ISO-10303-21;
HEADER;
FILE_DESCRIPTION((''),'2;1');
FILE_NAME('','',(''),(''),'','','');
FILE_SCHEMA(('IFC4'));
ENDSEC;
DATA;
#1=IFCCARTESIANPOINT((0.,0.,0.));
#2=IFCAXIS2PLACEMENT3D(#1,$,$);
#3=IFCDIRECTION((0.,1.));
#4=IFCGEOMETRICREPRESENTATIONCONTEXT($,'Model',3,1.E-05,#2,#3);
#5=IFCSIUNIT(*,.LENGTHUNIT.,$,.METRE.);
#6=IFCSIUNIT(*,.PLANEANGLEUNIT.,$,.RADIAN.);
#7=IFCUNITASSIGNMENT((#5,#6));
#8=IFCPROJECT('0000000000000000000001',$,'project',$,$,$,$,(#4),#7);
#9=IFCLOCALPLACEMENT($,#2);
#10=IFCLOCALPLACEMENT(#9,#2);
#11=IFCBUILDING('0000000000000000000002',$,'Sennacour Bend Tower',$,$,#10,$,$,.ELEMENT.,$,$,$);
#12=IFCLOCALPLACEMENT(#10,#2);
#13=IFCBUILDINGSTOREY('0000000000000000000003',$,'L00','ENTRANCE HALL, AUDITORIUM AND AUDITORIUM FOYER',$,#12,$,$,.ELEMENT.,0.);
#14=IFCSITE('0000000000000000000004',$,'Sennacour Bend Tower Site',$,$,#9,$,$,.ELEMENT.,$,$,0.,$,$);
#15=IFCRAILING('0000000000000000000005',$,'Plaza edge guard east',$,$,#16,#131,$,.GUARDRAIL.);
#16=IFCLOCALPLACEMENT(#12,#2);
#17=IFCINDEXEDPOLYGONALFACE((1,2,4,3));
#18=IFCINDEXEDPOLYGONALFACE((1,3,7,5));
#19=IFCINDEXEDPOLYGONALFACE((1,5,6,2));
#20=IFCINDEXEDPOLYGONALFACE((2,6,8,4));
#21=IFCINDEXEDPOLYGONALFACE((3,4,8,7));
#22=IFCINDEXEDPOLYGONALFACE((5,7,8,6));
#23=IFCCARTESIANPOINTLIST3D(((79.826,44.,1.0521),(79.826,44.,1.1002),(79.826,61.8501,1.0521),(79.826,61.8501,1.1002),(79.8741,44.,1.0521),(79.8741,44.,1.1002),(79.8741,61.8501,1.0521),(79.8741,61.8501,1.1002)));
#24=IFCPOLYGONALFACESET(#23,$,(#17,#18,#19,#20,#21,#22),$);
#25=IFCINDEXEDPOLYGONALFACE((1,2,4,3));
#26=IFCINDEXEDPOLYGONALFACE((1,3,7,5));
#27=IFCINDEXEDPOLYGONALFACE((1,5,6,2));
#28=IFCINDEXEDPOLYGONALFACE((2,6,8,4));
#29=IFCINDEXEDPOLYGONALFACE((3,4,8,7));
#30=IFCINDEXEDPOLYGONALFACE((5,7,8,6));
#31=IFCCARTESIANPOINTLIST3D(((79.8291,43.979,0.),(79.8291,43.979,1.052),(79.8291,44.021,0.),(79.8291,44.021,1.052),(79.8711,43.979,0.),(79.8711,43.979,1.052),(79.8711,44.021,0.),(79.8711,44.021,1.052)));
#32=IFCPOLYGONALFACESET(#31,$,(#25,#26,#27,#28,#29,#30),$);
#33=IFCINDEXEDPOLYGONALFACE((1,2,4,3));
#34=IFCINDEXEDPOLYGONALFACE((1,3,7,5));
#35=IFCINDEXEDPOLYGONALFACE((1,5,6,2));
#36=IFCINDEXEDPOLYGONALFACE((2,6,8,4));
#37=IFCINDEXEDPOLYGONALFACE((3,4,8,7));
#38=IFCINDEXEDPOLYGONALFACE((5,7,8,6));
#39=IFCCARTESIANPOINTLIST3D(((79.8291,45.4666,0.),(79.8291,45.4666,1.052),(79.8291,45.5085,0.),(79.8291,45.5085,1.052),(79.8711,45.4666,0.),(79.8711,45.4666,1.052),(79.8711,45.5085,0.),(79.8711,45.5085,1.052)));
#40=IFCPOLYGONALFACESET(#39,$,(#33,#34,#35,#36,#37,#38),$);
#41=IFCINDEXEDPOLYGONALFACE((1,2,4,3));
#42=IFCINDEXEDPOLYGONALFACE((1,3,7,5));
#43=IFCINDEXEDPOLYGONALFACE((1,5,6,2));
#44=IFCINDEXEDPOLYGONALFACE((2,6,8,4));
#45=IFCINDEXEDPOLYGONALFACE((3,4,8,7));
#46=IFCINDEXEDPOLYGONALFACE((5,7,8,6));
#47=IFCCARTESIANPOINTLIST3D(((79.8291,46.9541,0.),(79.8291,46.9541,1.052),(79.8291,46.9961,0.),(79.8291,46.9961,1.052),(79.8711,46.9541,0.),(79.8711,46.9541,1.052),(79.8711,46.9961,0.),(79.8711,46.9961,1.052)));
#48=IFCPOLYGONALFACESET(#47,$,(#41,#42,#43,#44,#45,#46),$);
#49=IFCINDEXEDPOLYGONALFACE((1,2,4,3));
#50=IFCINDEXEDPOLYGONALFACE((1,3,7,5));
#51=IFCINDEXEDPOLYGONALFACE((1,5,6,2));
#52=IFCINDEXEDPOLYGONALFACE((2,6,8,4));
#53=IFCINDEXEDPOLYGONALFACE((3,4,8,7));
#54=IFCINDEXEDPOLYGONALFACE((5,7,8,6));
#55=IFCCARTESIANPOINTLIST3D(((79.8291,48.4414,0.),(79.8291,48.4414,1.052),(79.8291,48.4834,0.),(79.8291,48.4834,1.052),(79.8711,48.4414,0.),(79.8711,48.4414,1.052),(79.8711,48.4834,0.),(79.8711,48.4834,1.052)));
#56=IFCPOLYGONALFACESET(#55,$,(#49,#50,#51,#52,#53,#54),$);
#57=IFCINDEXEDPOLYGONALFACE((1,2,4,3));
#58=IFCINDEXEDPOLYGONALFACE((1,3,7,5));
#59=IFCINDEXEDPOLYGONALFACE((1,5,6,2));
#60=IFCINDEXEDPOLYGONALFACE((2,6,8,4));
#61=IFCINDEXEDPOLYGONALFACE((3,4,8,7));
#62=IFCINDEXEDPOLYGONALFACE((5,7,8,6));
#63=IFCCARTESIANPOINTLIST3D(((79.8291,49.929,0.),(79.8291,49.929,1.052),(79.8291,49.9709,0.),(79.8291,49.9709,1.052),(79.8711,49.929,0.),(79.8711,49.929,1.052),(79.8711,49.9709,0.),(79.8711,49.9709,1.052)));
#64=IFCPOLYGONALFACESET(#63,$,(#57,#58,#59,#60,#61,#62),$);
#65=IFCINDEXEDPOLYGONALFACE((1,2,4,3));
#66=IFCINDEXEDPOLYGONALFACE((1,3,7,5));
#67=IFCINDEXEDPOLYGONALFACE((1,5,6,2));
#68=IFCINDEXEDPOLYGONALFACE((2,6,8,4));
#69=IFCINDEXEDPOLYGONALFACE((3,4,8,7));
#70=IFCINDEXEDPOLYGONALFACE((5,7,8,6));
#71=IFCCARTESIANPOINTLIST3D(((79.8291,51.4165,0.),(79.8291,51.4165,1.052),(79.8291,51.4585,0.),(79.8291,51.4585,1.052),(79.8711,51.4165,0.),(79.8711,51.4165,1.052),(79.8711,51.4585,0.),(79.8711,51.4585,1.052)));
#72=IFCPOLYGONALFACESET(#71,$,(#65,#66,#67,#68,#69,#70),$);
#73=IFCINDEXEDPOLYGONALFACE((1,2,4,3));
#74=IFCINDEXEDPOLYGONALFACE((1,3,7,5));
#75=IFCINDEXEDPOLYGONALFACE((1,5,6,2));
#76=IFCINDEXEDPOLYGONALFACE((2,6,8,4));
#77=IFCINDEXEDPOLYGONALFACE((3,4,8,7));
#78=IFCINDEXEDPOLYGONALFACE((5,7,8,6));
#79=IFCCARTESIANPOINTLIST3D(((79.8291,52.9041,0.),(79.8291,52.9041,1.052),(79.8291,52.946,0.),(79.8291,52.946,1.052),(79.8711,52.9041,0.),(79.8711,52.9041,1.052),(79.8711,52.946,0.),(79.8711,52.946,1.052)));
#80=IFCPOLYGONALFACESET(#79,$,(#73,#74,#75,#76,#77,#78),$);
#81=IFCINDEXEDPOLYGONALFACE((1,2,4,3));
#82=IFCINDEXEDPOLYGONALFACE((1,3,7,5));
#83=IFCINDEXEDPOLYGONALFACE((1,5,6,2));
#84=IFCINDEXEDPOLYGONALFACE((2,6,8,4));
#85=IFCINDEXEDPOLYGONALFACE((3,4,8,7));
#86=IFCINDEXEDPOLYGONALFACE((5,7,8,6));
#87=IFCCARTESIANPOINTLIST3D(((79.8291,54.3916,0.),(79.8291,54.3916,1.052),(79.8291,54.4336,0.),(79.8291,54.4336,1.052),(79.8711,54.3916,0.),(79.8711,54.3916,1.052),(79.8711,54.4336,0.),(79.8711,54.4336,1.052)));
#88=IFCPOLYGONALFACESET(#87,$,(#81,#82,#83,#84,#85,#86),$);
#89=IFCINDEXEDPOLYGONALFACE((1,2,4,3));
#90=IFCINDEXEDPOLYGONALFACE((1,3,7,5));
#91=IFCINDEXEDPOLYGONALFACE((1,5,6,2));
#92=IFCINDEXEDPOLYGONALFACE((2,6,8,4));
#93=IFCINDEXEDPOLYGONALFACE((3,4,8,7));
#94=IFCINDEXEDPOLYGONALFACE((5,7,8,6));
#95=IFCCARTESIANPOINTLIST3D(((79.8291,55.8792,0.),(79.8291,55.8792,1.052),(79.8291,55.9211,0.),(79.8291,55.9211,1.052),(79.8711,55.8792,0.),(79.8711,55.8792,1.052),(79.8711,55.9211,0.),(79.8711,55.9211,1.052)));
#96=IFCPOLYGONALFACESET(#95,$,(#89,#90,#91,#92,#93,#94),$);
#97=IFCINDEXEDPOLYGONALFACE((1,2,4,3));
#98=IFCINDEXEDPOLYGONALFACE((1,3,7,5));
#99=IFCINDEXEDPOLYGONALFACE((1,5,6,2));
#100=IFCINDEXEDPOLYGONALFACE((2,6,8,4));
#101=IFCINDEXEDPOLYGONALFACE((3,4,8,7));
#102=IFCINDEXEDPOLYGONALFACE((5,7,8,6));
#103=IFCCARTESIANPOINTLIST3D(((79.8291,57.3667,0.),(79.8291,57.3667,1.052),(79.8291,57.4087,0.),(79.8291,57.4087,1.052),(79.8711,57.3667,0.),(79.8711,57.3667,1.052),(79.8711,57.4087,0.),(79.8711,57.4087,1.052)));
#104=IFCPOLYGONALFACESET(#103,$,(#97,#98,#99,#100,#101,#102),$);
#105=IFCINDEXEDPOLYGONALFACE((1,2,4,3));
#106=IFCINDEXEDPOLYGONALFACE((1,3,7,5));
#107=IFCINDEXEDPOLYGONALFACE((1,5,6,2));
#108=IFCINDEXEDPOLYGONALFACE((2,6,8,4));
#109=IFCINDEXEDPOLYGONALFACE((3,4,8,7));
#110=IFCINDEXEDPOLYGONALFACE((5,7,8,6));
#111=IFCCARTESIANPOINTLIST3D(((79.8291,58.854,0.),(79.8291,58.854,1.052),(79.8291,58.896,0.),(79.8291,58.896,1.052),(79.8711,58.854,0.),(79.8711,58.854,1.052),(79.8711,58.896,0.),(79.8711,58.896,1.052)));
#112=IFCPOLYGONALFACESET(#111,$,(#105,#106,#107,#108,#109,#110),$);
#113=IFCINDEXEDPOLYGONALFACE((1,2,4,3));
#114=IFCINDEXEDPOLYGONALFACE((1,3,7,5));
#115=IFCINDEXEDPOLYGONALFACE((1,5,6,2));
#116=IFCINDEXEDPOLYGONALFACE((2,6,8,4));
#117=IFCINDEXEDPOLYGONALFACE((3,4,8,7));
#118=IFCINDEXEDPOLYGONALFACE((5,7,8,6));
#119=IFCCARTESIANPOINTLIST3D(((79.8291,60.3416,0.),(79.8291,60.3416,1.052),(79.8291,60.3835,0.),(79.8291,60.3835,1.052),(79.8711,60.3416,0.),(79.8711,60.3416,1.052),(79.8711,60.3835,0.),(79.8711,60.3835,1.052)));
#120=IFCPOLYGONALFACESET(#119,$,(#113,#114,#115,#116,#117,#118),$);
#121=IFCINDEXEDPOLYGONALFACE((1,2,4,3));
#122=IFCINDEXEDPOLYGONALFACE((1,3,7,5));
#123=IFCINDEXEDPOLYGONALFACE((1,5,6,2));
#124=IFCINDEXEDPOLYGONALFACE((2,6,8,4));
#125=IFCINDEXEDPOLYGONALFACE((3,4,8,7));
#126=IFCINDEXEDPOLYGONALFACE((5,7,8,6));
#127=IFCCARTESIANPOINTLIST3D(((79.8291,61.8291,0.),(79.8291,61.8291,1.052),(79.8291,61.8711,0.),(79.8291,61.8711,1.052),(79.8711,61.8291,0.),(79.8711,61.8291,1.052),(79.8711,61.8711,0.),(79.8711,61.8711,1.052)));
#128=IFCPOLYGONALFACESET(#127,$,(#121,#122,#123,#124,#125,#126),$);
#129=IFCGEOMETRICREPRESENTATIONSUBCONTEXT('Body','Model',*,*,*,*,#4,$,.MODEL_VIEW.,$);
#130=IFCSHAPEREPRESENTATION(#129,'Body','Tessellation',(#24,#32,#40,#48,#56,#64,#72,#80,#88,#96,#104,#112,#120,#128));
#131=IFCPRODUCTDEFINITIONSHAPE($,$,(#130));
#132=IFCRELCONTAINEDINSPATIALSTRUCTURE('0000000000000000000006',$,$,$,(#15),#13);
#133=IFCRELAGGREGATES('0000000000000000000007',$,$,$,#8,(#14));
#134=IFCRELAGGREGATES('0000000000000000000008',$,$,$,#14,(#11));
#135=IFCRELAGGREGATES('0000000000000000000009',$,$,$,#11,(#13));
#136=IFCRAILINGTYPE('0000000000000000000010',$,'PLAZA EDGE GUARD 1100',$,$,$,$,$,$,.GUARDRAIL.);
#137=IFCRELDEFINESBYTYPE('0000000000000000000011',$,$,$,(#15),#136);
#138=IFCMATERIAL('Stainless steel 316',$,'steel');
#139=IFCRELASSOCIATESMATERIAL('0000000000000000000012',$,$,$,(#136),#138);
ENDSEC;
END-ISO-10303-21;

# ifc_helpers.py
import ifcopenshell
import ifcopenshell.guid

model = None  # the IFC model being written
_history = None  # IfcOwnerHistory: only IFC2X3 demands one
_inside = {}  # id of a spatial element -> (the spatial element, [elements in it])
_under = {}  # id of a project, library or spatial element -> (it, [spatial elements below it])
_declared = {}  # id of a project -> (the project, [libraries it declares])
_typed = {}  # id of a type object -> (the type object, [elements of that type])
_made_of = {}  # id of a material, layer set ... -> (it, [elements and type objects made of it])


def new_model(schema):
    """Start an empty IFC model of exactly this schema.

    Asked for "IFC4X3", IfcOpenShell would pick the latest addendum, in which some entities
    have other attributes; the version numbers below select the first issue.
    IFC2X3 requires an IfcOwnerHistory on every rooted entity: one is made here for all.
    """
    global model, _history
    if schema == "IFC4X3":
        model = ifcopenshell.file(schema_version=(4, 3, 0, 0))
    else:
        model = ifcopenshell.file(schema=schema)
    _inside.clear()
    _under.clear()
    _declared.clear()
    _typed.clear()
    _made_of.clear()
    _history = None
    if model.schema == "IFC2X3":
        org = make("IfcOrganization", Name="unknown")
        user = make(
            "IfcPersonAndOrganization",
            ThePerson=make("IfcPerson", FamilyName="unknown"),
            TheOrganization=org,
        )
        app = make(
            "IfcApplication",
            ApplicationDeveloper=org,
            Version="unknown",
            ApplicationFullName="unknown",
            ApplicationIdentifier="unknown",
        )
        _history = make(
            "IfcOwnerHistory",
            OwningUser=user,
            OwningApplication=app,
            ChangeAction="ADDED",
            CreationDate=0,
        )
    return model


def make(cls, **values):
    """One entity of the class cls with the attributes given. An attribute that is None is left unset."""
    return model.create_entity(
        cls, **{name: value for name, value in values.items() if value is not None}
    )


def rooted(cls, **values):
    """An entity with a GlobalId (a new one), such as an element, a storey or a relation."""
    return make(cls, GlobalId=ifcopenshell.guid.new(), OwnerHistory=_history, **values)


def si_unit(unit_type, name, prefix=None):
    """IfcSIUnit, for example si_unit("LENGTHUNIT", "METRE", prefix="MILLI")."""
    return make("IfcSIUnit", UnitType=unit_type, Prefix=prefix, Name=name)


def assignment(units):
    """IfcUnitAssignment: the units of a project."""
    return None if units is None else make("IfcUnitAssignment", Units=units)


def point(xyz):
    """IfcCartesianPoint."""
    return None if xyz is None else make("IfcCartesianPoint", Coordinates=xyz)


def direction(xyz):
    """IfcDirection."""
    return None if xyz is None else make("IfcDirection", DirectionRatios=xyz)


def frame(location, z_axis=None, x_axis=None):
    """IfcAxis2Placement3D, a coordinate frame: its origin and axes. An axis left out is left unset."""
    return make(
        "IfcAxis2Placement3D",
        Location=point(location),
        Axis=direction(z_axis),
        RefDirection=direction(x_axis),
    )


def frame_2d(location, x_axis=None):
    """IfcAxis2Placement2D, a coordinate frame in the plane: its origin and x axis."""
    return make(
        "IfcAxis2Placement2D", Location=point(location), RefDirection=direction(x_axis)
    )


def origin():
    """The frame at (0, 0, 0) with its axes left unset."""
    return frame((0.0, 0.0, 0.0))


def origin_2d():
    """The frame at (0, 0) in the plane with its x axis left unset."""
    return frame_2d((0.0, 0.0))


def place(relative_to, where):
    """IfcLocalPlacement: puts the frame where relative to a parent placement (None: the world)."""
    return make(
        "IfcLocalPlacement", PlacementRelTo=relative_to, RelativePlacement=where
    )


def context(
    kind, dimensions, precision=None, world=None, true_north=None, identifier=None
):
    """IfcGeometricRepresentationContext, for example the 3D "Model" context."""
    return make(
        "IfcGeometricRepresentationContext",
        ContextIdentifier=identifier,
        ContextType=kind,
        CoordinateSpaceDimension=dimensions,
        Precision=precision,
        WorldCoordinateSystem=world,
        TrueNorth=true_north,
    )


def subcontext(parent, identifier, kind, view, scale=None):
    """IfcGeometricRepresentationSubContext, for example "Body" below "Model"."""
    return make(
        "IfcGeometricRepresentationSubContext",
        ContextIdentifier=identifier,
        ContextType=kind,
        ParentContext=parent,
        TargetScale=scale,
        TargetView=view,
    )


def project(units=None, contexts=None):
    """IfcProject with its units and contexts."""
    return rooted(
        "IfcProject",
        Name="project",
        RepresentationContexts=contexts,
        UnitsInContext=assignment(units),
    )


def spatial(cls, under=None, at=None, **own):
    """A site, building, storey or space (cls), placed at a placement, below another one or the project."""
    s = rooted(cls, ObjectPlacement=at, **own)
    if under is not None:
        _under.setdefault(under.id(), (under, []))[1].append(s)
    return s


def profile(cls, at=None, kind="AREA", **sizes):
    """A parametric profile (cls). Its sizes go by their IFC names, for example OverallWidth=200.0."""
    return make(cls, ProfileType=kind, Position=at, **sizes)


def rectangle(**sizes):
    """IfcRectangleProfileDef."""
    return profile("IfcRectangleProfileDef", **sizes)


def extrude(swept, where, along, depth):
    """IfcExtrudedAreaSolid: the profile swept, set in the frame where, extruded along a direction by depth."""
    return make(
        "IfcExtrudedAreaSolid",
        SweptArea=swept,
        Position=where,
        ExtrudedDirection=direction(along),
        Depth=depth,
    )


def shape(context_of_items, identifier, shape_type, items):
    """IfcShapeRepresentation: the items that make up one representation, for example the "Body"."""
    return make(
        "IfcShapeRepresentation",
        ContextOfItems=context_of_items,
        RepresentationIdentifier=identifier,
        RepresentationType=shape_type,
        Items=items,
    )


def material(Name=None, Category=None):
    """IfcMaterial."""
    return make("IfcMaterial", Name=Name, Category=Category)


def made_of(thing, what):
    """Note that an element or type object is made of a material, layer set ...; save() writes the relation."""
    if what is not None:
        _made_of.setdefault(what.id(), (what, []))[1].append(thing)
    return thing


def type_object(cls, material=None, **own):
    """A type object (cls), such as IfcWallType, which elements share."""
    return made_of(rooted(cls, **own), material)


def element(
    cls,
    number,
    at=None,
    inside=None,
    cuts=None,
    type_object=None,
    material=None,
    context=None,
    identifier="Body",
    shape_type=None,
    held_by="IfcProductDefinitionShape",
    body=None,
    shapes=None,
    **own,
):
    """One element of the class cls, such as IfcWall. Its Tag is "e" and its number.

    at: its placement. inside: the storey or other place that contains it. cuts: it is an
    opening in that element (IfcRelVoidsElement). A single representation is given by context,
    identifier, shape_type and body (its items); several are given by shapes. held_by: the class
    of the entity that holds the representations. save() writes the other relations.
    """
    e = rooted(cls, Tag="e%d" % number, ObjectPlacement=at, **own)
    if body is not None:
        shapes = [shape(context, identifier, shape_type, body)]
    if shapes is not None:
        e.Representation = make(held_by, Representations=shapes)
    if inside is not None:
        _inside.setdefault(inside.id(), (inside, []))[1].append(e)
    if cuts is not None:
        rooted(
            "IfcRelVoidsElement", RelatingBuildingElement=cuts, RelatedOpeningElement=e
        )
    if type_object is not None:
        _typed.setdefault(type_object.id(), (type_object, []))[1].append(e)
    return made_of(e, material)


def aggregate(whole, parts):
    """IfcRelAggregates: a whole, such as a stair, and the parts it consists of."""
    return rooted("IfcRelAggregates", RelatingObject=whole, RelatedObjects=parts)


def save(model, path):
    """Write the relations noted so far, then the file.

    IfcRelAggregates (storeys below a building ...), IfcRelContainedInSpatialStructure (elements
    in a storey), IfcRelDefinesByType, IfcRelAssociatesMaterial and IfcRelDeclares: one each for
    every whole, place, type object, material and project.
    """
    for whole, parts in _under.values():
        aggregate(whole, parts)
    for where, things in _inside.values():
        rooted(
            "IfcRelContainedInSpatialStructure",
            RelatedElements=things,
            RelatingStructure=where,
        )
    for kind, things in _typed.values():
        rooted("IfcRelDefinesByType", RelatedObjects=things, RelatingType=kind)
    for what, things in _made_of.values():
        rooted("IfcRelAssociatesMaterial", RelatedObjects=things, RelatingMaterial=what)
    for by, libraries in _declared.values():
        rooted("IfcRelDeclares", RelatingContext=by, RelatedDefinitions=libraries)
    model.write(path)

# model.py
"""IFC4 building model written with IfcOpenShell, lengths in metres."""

from ifc_helpers import new_model, si_unit, direction, frame, origin, origin_2d, place, context, subcontext, project, spatial, rectangle, extrude, material, type_object, element, save


model = new_model("IFC4")

# Units and contexts
model_context = context("Model", 3, precision=1e-05, world=origin(), true_north=direction((0.0, 1.0)))
body_context = subcontext(model_context, "Body", "Model", "MODEL_VIEW")
ifc_project = project(units=[si_unit("LENGTHUNIT", "METRE"), si_unit("PLANEANGLEUNIT", "RADIAN")], contexts=[model_context])

# Site, building, storey
site_placement = place(None, origin())
site = spatial("IfcSite", under=ifc_project, at=site_placement, Name="Sennacour Bend Tower Site", CompositionType="ELEMENT", RefElevation=0.0)
building_placement = place(site_placement, origin())
building = spatial("IfcBuilding", under=site, at=building_placement, Name="Sennacour Bend Tower", CompositionType="ELEMENT")
storey_placement = place(building_placement, origin())
storey = spatial("IfcBuildingStorey", under=building, at=storey_placement, Name="L00", Description="ENTRANCE HALL, AUDITORIUM AND AUDITORIUM FOYER", CompositionType="ELEMENT", Elevation=0.0)

# Railing
ifc_material_1 = material(Name="Stainless steel 316", Category="steel")
railing_type_1 = type_object("IfcRailingType", Name="PLAZA EDGE GUARD 1100", PredefinedType="GUARDRAIL", material=ifc_material_1)
railing_1_placement = place(storey_placement, frame((79.8501, 44.0, 0.0)))
element("IfcRailing", 1, at=railing_1_placement, inside=storey, type_object=railing_type_1, Name="Plaza edge guard east", PredefinedType="GUARDRAIL", context=body_context, shape_type="SweptSolid", body=[
    extrude(rectangle(XDim=0.0481, YDim=0.0481, at=origin_2d()), frame((0.0, 0.0, 1.0762), z_axis=(0.0, 1.0, 0.0), x_axis=(-1.0, 0.0, 0.0)), (0.0, 0.0, 1.0), 17.8501),
    extrude(rectangle(XDim=0.042, YDim=0.042, at=origin_2d()), origin(), (0.0, 0.0, 1.0), 1.052),
    extrude(rectangle(XDim=0.042, YDim=0.042, at=origin_2d()), frame((0.0, 1.4875, 0.0)), (0.0, 0.0, 1.0), 1.052),
    extrude(rectangle(XDim=0.042, YDim=0.042, at=origin_2d()), frame((0.0, 2.9751, 0.0)), (0.0, 0.0, 1.0), 1.052),
    extrude(rectangle(XDim=0.042, YDim=0.042, at=origin_2d()), frame((0.0, 4.4624, 0.0)), (0.0, 0.0, 1.0), 1.052),
    extrude(rectangle(XDim=0.042, YDim=0.042, at=origin_2d()), frame((0.0, 5.95, 0.0)), (0.0, 0.0, 1.0), 1.052),
    extrude(rectangle(XDim=0.042, YDim=0.042, at=origin_2d()), frame((0.0, 7.4375, 0.0)), (0.0, 0.0, 1.0), 1.052),
    extrude(rectangle(XDim=0.042, YDim=0.042, at=origin_2d()), frame((0.0, 8.925, 0.0)), (0.0, 0.0, 1.0), 1.052),
    extrude(rectangle(XDim=0.042, YDim=0.042, at=origin_2d()), frame((0.0, 10.4126, 0.0)), (0.0, 0.0, 1.0), 1.052),
    extrude(rectangle(XDim=0.042, YDim=0.042, at=origin_2d()), frame((0.0, 11.9001, 0.0)), (0.0, 0.0, 1.0), 1.052),
    extrude(rectangle(XDim=0.042, YDim=0.042, at=origin_2d()), frame((0.0, 13.3877, 0.0)), (0.0, 0.0, 1.0), 1.052),
    extrude(rectangle(XDim=0.042, YDim=0.042, at=origin_2d()), frame((0.0, 14.875, 0.0)), (0.0, 0.0, 1.0), 1.052),
    extrude(rectangle(XDim=0.042, YDim=0.042, at=origin_2d()), frame((0.0, 16.3625, 0.0)), (0.0, 0.0, 1.0), 1.052),
    extrude(rectangle(XDim=0.042, YDim=0.042, at=origin_2d()), frame((0.0, 17.8501, 0.0)), (0.0, 0.0, 1.0), 1.052),
])

save(model, "model.ifc")
